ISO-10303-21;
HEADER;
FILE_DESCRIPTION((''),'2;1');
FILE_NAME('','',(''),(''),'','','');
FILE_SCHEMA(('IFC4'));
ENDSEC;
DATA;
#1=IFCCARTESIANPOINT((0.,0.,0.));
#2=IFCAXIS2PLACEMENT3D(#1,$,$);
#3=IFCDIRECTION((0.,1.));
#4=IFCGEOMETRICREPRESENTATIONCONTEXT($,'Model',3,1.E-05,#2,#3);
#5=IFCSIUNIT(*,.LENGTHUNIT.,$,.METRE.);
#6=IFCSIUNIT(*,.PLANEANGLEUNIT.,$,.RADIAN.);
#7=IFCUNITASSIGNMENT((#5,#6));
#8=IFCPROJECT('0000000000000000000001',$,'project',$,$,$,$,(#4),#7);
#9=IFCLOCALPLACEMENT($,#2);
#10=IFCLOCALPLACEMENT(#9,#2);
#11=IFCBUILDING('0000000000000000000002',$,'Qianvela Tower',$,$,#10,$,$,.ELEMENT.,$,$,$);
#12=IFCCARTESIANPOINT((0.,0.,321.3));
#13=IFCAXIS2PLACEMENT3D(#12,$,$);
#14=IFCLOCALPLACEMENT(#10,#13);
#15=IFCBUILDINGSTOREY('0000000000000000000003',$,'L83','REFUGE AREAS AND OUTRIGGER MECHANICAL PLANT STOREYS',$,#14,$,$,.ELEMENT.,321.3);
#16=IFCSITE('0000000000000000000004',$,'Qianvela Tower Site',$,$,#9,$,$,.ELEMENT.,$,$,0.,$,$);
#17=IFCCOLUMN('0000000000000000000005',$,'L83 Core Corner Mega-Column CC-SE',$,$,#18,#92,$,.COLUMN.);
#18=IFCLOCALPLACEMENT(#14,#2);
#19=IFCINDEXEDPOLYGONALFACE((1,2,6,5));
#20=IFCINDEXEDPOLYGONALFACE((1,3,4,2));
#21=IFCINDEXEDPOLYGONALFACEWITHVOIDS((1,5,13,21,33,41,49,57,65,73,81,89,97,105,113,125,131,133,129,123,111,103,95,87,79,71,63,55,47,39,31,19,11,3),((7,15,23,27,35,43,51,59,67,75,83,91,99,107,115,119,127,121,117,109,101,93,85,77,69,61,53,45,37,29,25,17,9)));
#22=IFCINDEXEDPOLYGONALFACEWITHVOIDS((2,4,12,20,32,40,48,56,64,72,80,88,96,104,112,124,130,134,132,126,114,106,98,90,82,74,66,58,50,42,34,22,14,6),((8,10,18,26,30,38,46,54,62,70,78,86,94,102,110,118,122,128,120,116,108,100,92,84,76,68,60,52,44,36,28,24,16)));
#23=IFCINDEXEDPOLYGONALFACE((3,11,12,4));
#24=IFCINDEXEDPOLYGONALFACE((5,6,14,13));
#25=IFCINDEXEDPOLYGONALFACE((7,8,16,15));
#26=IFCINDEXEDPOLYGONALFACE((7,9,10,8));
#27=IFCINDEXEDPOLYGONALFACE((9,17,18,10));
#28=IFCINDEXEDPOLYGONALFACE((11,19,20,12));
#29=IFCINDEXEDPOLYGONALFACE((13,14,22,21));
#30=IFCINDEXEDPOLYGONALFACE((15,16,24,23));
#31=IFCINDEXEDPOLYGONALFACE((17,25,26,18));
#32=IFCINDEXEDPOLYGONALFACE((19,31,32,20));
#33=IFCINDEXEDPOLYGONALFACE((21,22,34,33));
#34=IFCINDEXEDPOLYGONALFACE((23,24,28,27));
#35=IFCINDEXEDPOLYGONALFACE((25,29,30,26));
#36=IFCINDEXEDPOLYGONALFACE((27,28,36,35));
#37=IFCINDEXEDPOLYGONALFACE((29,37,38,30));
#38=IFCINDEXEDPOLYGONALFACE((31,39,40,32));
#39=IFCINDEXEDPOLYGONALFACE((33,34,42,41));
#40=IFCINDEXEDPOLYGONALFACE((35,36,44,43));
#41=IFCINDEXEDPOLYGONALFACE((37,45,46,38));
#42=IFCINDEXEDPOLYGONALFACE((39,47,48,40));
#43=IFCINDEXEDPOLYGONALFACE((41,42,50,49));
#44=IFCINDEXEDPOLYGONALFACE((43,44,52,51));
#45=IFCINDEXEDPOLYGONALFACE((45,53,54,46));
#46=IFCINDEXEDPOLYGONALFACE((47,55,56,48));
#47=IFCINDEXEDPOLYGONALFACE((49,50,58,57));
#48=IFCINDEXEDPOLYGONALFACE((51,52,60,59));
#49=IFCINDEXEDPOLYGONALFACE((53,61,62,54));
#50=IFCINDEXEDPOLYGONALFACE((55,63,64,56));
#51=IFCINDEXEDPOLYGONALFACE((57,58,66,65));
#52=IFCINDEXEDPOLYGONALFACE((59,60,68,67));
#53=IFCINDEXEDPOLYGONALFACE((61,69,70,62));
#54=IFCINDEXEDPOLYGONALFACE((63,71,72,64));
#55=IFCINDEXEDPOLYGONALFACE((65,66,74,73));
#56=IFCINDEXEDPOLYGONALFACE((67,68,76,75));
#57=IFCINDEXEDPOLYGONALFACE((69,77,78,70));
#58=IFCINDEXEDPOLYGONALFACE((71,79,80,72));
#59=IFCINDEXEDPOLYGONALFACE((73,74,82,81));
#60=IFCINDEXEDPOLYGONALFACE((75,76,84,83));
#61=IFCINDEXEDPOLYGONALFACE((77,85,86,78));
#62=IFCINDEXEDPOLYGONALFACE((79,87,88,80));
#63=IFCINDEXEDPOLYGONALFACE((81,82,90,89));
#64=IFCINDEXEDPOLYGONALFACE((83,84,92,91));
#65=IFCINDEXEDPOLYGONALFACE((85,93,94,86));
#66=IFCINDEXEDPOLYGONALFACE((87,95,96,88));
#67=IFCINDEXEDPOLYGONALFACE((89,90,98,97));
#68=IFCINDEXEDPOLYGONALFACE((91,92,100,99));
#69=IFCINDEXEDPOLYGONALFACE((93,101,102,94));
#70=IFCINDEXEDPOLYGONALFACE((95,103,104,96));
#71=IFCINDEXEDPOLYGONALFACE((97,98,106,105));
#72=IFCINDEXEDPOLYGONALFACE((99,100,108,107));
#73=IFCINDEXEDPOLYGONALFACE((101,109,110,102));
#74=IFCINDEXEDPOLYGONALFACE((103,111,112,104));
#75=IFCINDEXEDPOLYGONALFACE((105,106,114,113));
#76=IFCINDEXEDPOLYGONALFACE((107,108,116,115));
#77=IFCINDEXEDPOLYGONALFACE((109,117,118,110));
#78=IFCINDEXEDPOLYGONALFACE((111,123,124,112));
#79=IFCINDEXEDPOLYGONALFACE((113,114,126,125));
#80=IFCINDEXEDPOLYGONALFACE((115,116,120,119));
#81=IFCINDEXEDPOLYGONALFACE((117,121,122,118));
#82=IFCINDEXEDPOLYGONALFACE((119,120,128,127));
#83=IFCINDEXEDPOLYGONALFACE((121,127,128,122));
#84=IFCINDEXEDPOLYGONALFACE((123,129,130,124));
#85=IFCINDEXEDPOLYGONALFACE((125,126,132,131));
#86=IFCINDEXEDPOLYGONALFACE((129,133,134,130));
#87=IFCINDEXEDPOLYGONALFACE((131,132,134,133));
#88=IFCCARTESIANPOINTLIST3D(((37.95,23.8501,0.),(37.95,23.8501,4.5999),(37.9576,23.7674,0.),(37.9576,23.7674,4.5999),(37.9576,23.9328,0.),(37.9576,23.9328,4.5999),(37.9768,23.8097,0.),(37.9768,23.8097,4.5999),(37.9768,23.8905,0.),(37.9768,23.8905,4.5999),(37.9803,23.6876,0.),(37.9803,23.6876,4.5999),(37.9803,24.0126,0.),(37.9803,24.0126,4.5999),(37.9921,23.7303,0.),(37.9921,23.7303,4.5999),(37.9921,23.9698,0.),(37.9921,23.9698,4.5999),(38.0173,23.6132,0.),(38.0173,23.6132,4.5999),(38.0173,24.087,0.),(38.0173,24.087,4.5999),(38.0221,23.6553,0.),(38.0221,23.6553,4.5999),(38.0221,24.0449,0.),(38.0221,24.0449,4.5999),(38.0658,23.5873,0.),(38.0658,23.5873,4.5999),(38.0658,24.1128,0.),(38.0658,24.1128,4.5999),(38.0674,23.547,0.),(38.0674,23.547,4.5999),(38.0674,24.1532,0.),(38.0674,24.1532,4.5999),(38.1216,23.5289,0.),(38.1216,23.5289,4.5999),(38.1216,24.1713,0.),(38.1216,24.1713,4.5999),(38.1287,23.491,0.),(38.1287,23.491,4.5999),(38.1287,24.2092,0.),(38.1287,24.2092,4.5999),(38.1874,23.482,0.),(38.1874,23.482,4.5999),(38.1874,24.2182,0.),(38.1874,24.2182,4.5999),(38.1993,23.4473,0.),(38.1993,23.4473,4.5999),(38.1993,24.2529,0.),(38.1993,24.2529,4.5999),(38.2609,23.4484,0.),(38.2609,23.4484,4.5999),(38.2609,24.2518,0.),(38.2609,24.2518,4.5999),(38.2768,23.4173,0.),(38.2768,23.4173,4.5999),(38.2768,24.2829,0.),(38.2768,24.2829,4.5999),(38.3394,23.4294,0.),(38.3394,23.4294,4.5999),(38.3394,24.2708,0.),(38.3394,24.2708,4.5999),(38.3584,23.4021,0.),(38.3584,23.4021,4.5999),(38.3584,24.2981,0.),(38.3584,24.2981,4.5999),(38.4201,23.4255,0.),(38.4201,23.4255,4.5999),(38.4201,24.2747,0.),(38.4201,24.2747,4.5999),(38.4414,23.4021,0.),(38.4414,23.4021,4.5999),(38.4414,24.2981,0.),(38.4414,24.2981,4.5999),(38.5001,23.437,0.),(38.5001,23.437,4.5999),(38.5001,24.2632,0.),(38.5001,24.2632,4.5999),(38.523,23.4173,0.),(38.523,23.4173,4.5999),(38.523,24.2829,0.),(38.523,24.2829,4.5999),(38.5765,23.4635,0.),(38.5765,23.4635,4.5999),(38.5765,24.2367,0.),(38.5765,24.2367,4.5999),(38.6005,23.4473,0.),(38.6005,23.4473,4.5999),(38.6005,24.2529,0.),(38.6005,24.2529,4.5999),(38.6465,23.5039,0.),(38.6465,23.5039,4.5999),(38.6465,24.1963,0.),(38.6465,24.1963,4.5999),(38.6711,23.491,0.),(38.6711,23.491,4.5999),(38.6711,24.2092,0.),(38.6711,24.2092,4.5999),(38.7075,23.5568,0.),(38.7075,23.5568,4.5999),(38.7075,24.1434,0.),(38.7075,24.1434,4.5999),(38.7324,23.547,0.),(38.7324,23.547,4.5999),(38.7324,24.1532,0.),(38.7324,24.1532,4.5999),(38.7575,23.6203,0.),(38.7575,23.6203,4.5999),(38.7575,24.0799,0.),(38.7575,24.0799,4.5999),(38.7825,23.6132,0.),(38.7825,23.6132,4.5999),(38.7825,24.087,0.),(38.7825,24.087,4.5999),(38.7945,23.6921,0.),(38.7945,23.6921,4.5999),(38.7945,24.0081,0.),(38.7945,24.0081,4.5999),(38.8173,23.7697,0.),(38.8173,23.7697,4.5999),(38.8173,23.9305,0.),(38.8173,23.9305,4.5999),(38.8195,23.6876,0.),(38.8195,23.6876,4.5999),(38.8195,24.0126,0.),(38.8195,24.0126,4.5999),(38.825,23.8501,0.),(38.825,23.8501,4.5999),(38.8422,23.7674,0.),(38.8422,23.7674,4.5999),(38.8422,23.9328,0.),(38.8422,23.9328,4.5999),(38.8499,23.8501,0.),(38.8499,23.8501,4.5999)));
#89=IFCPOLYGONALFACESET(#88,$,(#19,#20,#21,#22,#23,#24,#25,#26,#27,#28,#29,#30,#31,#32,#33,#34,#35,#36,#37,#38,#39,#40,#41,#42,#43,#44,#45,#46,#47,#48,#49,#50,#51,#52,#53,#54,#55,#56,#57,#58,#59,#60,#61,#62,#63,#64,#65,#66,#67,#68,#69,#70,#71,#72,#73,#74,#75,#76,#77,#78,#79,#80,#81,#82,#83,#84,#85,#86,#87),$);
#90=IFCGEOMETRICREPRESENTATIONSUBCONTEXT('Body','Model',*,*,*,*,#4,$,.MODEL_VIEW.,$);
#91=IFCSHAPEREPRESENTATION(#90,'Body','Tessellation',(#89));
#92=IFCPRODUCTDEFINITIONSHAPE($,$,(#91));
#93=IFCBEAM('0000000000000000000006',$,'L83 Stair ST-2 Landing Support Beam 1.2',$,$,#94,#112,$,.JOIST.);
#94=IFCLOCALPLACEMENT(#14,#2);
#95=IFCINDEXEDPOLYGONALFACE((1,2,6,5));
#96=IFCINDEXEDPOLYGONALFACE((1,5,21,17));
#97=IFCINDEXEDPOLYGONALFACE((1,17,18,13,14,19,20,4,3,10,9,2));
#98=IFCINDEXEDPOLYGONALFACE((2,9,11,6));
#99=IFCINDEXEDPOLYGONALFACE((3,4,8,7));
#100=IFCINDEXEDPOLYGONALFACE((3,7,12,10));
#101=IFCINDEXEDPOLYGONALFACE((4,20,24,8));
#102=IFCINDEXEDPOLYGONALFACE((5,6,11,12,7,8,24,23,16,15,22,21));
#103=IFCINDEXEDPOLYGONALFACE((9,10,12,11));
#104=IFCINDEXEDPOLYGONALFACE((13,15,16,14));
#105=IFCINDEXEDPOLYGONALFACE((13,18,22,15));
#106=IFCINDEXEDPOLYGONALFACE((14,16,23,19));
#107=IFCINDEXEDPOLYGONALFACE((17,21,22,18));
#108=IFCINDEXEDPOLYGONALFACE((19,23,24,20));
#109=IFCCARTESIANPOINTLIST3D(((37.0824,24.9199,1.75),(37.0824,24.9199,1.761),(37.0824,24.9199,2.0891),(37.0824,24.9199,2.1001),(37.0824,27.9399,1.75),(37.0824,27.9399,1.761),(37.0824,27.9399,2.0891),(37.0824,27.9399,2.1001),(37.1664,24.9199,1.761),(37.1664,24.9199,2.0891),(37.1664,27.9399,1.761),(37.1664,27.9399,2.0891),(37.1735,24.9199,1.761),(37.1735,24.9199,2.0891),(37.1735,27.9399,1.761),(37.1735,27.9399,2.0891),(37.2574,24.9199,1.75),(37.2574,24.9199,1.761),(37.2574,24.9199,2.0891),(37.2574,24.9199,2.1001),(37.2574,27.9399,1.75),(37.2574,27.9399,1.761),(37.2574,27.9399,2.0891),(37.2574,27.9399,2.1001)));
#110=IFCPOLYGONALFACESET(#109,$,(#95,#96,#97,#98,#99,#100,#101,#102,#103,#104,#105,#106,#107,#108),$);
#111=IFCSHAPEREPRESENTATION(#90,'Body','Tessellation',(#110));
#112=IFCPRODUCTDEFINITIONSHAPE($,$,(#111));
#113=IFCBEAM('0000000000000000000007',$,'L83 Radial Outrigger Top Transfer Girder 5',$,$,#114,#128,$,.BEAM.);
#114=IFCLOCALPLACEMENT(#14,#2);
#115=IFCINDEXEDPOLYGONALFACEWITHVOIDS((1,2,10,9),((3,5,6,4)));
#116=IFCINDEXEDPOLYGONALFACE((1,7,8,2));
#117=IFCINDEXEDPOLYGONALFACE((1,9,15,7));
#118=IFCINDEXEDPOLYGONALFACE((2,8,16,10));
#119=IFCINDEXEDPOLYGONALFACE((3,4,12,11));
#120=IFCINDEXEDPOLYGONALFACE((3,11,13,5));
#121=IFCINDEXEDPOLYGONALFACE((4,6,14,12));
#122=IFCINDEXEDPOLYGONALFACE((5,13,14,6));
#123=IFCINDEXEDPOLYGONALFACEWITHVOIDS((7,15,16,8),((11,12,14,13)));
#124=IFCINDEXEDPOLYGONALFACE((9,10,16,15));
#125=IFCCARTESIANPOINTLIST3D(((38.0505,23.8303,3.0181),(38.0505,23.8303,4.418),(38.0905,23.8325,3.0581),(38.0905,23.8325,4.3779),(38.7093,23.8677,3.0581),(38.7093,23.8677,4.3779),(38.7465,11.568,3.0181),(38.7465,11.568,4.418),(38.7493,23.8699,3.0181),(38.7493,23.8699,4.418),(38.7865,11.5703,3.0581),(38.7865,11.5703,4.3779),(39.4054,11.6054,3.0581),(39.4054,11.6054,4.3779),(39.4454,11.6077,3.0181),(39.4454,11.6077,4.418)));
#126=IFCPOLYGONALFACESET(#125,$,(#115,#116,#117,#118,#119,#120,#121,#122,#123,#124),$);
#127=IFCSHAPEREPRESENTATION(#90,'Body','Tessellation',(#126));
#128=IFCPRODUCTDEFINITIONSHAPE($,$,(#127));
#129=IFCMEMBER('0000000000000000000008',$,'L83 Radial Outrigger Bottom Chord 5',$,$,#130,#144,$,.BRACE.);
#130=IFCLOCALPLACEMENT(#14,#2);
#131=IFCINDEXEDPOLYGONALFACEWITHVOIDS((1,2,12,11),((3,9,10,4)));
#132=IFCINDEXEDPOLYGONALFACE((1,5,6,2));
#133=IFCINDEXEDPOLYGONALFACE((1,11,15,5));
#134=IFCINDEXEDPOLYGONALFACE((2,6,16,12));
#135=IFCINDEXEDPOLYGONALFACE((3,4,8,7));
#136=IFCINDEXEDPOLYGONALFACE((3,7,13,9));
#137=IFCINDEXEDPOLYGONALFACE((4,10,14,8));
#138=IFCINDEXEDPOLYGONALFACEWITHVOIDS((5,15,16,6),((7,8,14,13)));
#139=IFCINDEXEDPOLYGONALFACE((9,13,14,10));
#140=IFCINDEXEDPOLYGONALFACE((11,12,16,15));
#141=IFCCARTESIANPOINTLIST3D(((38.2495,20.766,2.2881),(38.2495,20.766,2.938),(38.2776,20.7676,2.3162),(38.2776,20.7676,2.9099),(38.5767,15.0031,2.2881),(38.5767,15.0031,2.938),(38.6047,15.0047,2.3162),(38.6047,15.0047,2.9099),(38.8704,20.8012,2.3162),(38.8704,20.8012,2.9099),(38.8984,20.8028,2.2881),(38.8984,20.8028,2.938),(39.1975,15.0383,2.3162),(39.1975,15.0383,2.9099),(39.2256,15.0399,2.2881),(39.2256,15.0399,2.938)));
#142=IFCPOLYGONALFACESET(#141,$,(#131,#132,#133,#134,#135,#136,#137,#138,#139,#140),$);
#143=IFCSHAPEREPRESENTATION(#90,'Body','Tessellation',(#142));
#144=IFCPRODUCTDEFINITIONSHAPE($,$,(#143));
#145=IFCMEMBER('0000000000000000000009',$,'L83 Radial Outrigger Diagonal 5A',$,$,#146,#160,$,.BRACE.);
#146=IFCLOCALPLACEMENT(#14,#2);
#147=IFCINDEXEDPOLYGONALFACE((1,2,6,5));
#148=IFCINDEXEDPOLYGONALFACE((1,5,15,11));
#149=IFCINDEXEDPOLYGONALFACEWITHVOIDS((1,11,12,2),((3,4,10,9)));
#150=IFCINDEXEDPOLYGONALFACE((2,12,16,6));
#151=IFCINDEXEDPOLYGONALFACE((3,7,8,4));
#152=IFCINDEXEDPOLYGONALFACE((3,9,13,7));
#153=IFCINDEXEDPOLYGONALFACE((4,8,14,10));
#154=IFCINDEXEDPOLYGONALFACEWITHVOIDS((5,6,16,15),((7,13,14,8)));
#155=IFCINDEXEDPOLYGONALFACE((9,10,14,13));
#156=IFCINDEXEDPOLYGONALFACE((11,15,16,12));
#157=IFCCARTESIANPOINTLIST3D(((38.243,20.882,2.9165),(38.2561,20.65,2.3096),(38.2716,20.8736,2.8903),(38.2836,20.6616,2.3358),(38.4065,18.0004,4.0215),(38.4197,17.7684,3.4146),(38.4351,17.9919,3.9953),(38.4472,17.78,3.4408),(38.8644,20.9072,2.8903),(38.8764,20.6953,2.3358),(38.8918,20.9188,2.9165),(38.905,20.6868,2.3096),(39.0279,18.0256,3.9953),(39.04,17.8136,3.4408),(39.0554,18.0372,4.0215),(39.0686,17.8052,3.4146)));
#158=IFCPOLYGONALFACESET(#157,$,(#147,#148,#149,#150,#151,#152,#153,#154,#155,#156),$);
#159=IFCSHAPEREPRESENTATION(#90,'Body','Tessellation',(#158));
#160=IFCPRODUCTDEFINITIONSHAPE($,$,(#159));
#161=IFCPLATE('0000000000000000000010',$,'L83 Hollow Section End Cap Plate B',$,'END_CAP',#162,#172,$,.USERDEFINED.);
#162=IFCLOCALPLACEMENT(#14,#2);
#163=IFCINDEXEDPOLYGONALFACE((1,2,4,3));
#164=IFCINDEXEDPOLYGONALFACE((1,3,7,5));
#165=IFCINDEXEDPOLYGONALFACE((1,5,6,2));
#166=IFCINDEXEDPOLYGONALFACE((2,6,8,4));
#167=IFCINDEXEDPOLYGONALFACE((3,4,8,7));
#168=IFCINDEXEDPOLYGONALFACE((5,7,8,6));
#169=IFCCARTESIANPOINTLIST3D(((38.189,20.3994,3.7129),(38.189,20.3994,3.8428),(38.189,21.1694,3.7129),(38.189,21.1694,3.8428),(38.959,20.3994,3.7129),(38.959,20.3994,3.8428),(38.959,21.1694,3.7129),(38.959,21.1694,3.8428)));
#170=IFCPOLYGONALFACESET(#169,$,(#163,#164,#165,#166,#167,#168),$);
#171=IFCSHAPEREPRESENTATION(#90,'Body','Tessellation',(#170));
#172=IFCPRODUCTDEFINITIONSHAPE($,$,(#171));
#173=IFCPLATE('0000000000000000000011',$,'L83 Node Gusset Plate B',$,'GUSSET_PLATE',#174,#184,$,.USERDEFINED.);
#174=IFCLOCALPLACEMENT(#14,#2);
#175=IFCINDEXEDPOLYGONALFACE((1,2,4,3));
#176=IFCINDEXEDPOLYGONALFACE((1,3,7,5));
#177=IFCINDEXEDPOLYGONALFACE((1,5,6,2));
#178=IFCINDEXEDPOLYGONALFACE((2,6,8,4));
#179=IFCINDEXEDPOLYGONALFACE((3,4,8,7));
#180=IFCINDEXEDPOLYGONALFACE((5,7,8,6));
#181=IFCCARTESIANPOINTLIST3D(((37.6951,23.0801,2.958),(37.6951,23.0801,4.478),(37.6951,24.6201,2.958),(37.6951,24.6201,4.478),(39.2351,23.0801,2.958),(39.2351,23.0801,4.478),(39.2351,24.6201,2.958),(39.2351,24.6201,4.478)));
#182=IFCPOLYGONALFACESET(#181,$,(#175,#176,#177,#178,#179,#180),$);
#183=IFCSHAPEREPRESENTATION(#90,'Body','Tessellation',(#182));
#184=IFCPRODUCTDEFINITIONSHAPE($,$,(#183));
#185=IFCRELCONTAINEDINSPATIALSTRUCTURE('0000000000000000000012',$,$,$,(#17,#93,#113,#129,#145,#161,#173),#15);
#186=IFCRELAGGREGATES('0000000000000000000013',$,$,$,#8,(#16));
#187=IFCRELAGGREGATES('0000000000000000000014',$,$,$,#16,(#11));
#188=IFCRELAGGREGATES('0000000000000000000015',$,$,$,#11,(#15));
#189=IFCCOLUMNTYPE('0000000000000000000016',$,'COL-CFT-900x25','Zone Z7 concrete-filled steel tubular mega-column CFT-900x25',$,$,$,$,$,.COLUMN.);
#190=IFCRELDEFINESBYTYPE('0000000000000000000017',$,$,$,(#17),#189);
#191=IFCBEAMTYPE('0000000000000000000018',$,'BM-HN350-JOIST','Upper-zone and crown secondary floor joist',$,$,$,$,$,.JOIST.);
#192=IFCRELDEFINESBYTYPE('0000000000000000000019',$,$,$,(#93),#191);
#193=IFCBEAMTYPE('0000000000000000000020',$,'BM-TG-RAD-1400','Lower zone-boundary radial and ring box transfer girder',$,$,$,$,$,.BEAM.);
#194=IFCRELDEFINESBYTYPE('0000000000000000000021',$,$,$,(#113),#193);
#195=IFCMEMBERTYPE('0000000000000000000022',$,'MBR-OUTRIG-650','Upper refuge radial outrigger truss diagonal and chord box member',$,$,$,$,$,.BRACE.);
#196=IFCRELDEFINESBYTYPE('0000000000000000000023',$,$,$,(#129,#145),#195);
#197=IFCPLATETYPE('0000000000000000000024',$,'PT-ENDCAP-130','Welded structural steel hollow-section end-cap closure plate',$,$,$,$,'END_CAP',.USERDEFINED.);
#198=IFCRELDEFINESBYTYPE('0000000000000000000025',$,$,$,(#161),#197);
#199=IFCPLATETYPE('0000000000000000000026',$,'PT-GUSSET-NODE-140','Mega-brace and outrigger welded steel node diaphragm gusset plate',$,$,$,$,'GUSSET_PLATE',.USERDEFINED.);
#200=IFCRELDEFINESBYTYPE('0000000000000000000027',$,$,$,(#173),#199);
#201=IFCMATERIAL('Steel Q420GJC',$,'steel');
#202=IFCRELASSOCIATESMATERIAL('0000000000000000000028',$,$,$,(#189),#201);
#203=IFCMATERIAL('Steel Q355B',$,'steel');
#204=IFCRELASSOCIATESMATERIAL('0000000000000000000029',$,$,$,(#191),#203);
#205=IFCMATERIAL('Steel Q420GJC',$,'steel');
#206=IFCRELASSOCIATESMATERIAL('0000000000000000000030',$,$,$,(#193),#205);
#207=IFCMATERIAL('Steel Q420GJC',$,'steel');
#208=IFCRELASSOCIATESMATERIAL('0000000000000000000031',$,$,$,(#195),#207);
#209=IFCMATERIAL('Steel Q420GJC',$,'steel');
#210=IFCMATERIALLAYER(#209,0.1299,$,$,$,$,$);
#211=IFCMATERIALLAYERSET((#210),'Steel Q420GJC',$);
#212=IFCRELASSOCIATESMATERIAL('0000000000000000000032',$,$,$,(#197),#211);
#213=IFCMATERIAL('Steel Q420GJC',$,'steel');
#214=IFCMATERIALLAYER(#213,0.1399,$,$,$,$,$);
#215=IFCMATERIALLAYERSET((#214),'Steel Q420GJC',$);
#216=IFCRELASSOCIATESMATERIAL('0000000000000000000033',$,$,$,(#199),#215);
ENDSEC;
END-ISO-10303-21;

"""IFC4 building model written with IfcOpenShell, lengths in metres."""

from ifc_helpers import new_model, si_unit, direction, frame, origin, origin_2d, place, context, subcontext, project, spatial, rectangle, hollow_rectangle, hollow_circle, i_section, extrude, material, layer, layer_set, material_profile, profile_set, type_object, element, save


model = new_model("IFC4")

# Units and contexts
model_context = context("Model", 3, precision=1e-05, world=origin(), true_north=direction((0.0, 1.0)))
body_context = subcontext(model_context, "Body", "Model", "MODEL_VIEW")
ifc_project = project(units=[si_unit("LENGTHUNIT", "METRE"), si_unit("PLANEANGLEUNIT", "RADIAN")], contexts=[model_context])

# Site, building, storey
site_placement = place(None, origin())
site = spatial("IfcSite", under=ifc_project, at=site_placement, Name="Qianvela Tower Site", CompositionType="ELEMENT", RefElevation=0.0)
building_placement = place(site_placement, origin())
building = spatial("IfcBuilding", under=site, at=building_placement, Name="Qianvela Tower", CompositionType="ELEMENT")
storey_placement = place(building_placement, frame((0.0, 0.0, 321.3)))
storey = spatial("IfcBuildingStorey", under=building, at=storey_placement, Name="L83", Description="REFUGE AREAS AND OUTRIGGER MECHANICAL PLANT STOREYS", CompositionType="ELEMENT", Elevation=321.3)

# Column
ifc_material_1 = material(Name="Steel Q420GJC", Category="steel")
ifc_material_profile_1 = material_profile(ifc_material_1, hollow_circle(Radius=0.45, WallThickness=0.0249, at=origin_2d()), Name="CFT-900x25")
ifc_profile_set_1 = profile_set([ifc_material_profile_1], Name="Steel Q420GJC")
column_type = type_object("IfcColumnType", Name="COL-CFT-900x25", Description="Zone Z7 concrete-filled steel tubular mega-column CFT-900x25", PredefinedType="COLUMN", material=ifc_profile_set_1)
column_placement = place(storey_placement, frame((38.3999, 23.8501, 0.0), z_axis=(0.0, 0.0, 1.0), x_axis=(1.0, 0.0, 0.0)))
element("IfcColumn", 1, at=column_placement, inside=storey, type_object=column_type, Name="L83 Core Corner Mega-Column CC-SE", PredefinedType="COLUMN", context=body_context, shape_type="SweptSolid", body=[
    extrude(hollow_circle(Radius=0.45, WallThickness=0.0249, at=origin_2d()), origin(), (0.0, 0.0, 1.0), 4.5999),
])

# Beams
ifc_material_2 = material(Name="Steel Q355B", Category="steel")
ifc_material_profile_2 = material_profile(ifc_material_2, i_section(OverallWidth=0.175, OverallDepth=0.3501, WebThickness=0.0071, FlangeThickness=0.011, at=origin_2d()), Name="HN350x175x7x11")
ifc_profile_set_2 = profile_set([ifc_material_profile_2], Name="Steel Q355B")
beam_type_1 = type_object("IfcBeamType", Name="BM-HN350-JOIST", Description="Upper-zone and crown secondary floor joist", PredefinedType="JOIST", material=ifc_profile_set_2)
beam_1_placement = place(storey_placement, frame((37.1699, 24.9199, 1.925), z_axis=(0.0, 1.0, 0.0), x_axis=(-1.0, 0.0, 0.0)))
element("IfcBeam", 2, at=beam_1_placement, inside=storey, type_object=beam_type_1, Name="L83 Stair ST-2 Landing Support Beam 1.2", PredefinedType="JOIST", context=body_context, shape_type="SweptSolid", body=[
    extrude(i_section(OverallWidth=0.175, OverallDepth=0.3501, WebThickness=0.0071, FlangeThickness=0.011, at=origin_2d()), origin(), (0.0, 0.0, 1.0), 3.02),
])
ifc_material_3 = material(Name="Steel Q420GJC", Category="steel")
ifc_material_profile_3 = material_profile(ifc_material_3, hollow_rectangle(XDim=0.7, YDim=1.3999, WallThickness=0.04, at=origin_2d()), Name="TG-BOX-1400x700x40")
ifc_profile_set_3 = profile_set([ifc_material_profile_3], Name="Steel Q420GJC")
beam_type_2 = type_object("IfcBeamType", Name="BM-TG-RAD-1400", Description="Lower zone-boundary radial and ring box transfer girder", PredefinedType="BEAM", material=ifc_profile_set_3)
beam_2_placement = place(storey_placement, frame((38.3999, 23.8501, 3.718), z_axis=(0.056672, -0.998393, 0.0), x_axis=(0.998393, 0.056672, 0.0)))
element("IfcBeam", 3, at=beam_2_placement, inside=storey, type_object=beam_type_2, Name="L83 Radial Outrigger Top Transfer Girder 5", PredefinedType="BEAM", context=body_context, shape_type="SweptSolid", body=[
    extrude(hollow_rectangle(XDim=0.7, YDim=1.3999, WallThickness=0.04, at=origin_2d()), origin(), (0.0, 0.0, 1.0), 12.282),
])

# Members
ifc_material_4 = material(Name="Steel Q420GJC", Category="steel")
ifc_material_profile_4 = material_profile(ifc_material_4, hollow_rectangle(XDim=0.6499, YDim=0.6499, WallThickness=0.0281, at=origin_2d()), Name="OBOX-650x650x28")
ifc_profile_set_4 = profile_set([ifc_material_profile_4], Name="Steel Q420GJC")
member_type = type_object("IfcMemberType", Name="MBR-OUTRIG-650", Description="Upper refuge radial outrigger truss diagonal and chord box member", PredefinedType="BRACE", material=ifc_profile_set_4)
member_1_placement = place(storey_placement, frame((38.574, 20.7844, 2.613), z_axis=(0.056676, -0.998393, 0.0), x_axis=(0.998393, 0.056676, 0.0)))
element("IfcMember", 4, at=member_1_placement, inside=storey, type_object=member_type, Name="L83 Radial Outrigger Bottom Chord 5", PredefinedType="BRACE", context=body_context, shape_type="SweptSolid", body=[
    extrude(hollow_rectangle(XDim=0.6499, YDim=0.6499, WallThickness=0.0281, at=origin_2d()), origin(), (0.0, 0.0, 1.0), 5.7722),
])
member_2_placement = place(storey_placement, frame((38.574, 20.7844, 2.613), z_axis=(0.052928, -0.932397, 0.357539), x_axis=(0.998393, 0.056674, 0.0)))
element("IfcMember", 5, at=member_2_placement, inside=storey, type_object=member_type, Name="L83 Radial Outrigger Diagonal 5A", PredefinedType="BRACE", context=body_context, shape_type="SweptSolid", body=[
    extrude(hollow_rectangle(XDim=0.6499, YDim=0.6499, WallThickness=0.0281, at=origin_2d()), origin(), (0.0, 0.0, 1.0), 3.0906),
])

# Plates
ifc_material_5 = material(Name="Steel Q420GJC", Category="steel")
ifc_layer_1 = layer(ifc_material_5, 0.1299)
ifc_layer_set_1 = layer_set([ifc_layer_1], Name="Steel Q420GJC")
plate_type_1 = type_object("IfcPlateType", Name="PT-ENDCAP-130", Description="Welded structural steel hollow-section end-cap closure plate", ElementType="END_CAP", PredefinedType="USERDEFINED", material=ifc_layer_set_1)
plate_1_placement = place(storey_placement, frame((38.574, 20.7844, 3.7129), z_axis=(0.0, 0.0, 1.0), x_axis=(1.0, 0.0, 0.0)))
element("IfcPlate", 6, at=plate_1_placement, inside=storey, type_object=plate_type_1, Name="L83 Hollow Section End Cap Plate B", ObjectType="END_CAP", PredefinedType="USERDEFINED", context=body_context, shape_type="SweptSolid", body=[
    extrude(rectangle(XDim=0.77, YDim=0.77, at=origin_2d()), origin(), (0.0, 0.0, 1.0), 0.1299),
])
ifc_material_6 = material(Name="Steel Q420GJC", Category="steel")
ifc_layer_2 = layer(ifc_material_6, 0.1399)
ifc_layer_set_2 = layer_set([ifc_layer_2], Name="Steel Q420GJC")
plate_type_2 = type_object("IfcPlateType", Name="PT-GUSSET-NODE-140", Description="Mega-brace and outrigger welded steel node diaphragm gusset plate", ElementType="GUSSET_PLATE", PredefinedType="USERDEFINED", material=ifc_layer_set_2)
plate_2_placement = place(storey_placement, frame((38.4651, 23.8501, 2.958), z_axis=(0.0, 0.0, 1.0), x_axis=(1.0, 0.0, 0.0)))
element("IfcPlate", 7, at=plate_2_placement, inside=storey, type_object=plate_type_2, Name="L83 Node Gusset Plate B", ObjectType="GUSSET_PLATE", PredefinedType="USERDEFINED", context=body_context, shape_type="SweptSolid", body=[
    extrude(rectangle(XDim=1.54, YDim=1.54, at=origin_2d()), origin(), (0.0, 0.0, 1.0), 1.52),
])

save(model, "model.ifc")
